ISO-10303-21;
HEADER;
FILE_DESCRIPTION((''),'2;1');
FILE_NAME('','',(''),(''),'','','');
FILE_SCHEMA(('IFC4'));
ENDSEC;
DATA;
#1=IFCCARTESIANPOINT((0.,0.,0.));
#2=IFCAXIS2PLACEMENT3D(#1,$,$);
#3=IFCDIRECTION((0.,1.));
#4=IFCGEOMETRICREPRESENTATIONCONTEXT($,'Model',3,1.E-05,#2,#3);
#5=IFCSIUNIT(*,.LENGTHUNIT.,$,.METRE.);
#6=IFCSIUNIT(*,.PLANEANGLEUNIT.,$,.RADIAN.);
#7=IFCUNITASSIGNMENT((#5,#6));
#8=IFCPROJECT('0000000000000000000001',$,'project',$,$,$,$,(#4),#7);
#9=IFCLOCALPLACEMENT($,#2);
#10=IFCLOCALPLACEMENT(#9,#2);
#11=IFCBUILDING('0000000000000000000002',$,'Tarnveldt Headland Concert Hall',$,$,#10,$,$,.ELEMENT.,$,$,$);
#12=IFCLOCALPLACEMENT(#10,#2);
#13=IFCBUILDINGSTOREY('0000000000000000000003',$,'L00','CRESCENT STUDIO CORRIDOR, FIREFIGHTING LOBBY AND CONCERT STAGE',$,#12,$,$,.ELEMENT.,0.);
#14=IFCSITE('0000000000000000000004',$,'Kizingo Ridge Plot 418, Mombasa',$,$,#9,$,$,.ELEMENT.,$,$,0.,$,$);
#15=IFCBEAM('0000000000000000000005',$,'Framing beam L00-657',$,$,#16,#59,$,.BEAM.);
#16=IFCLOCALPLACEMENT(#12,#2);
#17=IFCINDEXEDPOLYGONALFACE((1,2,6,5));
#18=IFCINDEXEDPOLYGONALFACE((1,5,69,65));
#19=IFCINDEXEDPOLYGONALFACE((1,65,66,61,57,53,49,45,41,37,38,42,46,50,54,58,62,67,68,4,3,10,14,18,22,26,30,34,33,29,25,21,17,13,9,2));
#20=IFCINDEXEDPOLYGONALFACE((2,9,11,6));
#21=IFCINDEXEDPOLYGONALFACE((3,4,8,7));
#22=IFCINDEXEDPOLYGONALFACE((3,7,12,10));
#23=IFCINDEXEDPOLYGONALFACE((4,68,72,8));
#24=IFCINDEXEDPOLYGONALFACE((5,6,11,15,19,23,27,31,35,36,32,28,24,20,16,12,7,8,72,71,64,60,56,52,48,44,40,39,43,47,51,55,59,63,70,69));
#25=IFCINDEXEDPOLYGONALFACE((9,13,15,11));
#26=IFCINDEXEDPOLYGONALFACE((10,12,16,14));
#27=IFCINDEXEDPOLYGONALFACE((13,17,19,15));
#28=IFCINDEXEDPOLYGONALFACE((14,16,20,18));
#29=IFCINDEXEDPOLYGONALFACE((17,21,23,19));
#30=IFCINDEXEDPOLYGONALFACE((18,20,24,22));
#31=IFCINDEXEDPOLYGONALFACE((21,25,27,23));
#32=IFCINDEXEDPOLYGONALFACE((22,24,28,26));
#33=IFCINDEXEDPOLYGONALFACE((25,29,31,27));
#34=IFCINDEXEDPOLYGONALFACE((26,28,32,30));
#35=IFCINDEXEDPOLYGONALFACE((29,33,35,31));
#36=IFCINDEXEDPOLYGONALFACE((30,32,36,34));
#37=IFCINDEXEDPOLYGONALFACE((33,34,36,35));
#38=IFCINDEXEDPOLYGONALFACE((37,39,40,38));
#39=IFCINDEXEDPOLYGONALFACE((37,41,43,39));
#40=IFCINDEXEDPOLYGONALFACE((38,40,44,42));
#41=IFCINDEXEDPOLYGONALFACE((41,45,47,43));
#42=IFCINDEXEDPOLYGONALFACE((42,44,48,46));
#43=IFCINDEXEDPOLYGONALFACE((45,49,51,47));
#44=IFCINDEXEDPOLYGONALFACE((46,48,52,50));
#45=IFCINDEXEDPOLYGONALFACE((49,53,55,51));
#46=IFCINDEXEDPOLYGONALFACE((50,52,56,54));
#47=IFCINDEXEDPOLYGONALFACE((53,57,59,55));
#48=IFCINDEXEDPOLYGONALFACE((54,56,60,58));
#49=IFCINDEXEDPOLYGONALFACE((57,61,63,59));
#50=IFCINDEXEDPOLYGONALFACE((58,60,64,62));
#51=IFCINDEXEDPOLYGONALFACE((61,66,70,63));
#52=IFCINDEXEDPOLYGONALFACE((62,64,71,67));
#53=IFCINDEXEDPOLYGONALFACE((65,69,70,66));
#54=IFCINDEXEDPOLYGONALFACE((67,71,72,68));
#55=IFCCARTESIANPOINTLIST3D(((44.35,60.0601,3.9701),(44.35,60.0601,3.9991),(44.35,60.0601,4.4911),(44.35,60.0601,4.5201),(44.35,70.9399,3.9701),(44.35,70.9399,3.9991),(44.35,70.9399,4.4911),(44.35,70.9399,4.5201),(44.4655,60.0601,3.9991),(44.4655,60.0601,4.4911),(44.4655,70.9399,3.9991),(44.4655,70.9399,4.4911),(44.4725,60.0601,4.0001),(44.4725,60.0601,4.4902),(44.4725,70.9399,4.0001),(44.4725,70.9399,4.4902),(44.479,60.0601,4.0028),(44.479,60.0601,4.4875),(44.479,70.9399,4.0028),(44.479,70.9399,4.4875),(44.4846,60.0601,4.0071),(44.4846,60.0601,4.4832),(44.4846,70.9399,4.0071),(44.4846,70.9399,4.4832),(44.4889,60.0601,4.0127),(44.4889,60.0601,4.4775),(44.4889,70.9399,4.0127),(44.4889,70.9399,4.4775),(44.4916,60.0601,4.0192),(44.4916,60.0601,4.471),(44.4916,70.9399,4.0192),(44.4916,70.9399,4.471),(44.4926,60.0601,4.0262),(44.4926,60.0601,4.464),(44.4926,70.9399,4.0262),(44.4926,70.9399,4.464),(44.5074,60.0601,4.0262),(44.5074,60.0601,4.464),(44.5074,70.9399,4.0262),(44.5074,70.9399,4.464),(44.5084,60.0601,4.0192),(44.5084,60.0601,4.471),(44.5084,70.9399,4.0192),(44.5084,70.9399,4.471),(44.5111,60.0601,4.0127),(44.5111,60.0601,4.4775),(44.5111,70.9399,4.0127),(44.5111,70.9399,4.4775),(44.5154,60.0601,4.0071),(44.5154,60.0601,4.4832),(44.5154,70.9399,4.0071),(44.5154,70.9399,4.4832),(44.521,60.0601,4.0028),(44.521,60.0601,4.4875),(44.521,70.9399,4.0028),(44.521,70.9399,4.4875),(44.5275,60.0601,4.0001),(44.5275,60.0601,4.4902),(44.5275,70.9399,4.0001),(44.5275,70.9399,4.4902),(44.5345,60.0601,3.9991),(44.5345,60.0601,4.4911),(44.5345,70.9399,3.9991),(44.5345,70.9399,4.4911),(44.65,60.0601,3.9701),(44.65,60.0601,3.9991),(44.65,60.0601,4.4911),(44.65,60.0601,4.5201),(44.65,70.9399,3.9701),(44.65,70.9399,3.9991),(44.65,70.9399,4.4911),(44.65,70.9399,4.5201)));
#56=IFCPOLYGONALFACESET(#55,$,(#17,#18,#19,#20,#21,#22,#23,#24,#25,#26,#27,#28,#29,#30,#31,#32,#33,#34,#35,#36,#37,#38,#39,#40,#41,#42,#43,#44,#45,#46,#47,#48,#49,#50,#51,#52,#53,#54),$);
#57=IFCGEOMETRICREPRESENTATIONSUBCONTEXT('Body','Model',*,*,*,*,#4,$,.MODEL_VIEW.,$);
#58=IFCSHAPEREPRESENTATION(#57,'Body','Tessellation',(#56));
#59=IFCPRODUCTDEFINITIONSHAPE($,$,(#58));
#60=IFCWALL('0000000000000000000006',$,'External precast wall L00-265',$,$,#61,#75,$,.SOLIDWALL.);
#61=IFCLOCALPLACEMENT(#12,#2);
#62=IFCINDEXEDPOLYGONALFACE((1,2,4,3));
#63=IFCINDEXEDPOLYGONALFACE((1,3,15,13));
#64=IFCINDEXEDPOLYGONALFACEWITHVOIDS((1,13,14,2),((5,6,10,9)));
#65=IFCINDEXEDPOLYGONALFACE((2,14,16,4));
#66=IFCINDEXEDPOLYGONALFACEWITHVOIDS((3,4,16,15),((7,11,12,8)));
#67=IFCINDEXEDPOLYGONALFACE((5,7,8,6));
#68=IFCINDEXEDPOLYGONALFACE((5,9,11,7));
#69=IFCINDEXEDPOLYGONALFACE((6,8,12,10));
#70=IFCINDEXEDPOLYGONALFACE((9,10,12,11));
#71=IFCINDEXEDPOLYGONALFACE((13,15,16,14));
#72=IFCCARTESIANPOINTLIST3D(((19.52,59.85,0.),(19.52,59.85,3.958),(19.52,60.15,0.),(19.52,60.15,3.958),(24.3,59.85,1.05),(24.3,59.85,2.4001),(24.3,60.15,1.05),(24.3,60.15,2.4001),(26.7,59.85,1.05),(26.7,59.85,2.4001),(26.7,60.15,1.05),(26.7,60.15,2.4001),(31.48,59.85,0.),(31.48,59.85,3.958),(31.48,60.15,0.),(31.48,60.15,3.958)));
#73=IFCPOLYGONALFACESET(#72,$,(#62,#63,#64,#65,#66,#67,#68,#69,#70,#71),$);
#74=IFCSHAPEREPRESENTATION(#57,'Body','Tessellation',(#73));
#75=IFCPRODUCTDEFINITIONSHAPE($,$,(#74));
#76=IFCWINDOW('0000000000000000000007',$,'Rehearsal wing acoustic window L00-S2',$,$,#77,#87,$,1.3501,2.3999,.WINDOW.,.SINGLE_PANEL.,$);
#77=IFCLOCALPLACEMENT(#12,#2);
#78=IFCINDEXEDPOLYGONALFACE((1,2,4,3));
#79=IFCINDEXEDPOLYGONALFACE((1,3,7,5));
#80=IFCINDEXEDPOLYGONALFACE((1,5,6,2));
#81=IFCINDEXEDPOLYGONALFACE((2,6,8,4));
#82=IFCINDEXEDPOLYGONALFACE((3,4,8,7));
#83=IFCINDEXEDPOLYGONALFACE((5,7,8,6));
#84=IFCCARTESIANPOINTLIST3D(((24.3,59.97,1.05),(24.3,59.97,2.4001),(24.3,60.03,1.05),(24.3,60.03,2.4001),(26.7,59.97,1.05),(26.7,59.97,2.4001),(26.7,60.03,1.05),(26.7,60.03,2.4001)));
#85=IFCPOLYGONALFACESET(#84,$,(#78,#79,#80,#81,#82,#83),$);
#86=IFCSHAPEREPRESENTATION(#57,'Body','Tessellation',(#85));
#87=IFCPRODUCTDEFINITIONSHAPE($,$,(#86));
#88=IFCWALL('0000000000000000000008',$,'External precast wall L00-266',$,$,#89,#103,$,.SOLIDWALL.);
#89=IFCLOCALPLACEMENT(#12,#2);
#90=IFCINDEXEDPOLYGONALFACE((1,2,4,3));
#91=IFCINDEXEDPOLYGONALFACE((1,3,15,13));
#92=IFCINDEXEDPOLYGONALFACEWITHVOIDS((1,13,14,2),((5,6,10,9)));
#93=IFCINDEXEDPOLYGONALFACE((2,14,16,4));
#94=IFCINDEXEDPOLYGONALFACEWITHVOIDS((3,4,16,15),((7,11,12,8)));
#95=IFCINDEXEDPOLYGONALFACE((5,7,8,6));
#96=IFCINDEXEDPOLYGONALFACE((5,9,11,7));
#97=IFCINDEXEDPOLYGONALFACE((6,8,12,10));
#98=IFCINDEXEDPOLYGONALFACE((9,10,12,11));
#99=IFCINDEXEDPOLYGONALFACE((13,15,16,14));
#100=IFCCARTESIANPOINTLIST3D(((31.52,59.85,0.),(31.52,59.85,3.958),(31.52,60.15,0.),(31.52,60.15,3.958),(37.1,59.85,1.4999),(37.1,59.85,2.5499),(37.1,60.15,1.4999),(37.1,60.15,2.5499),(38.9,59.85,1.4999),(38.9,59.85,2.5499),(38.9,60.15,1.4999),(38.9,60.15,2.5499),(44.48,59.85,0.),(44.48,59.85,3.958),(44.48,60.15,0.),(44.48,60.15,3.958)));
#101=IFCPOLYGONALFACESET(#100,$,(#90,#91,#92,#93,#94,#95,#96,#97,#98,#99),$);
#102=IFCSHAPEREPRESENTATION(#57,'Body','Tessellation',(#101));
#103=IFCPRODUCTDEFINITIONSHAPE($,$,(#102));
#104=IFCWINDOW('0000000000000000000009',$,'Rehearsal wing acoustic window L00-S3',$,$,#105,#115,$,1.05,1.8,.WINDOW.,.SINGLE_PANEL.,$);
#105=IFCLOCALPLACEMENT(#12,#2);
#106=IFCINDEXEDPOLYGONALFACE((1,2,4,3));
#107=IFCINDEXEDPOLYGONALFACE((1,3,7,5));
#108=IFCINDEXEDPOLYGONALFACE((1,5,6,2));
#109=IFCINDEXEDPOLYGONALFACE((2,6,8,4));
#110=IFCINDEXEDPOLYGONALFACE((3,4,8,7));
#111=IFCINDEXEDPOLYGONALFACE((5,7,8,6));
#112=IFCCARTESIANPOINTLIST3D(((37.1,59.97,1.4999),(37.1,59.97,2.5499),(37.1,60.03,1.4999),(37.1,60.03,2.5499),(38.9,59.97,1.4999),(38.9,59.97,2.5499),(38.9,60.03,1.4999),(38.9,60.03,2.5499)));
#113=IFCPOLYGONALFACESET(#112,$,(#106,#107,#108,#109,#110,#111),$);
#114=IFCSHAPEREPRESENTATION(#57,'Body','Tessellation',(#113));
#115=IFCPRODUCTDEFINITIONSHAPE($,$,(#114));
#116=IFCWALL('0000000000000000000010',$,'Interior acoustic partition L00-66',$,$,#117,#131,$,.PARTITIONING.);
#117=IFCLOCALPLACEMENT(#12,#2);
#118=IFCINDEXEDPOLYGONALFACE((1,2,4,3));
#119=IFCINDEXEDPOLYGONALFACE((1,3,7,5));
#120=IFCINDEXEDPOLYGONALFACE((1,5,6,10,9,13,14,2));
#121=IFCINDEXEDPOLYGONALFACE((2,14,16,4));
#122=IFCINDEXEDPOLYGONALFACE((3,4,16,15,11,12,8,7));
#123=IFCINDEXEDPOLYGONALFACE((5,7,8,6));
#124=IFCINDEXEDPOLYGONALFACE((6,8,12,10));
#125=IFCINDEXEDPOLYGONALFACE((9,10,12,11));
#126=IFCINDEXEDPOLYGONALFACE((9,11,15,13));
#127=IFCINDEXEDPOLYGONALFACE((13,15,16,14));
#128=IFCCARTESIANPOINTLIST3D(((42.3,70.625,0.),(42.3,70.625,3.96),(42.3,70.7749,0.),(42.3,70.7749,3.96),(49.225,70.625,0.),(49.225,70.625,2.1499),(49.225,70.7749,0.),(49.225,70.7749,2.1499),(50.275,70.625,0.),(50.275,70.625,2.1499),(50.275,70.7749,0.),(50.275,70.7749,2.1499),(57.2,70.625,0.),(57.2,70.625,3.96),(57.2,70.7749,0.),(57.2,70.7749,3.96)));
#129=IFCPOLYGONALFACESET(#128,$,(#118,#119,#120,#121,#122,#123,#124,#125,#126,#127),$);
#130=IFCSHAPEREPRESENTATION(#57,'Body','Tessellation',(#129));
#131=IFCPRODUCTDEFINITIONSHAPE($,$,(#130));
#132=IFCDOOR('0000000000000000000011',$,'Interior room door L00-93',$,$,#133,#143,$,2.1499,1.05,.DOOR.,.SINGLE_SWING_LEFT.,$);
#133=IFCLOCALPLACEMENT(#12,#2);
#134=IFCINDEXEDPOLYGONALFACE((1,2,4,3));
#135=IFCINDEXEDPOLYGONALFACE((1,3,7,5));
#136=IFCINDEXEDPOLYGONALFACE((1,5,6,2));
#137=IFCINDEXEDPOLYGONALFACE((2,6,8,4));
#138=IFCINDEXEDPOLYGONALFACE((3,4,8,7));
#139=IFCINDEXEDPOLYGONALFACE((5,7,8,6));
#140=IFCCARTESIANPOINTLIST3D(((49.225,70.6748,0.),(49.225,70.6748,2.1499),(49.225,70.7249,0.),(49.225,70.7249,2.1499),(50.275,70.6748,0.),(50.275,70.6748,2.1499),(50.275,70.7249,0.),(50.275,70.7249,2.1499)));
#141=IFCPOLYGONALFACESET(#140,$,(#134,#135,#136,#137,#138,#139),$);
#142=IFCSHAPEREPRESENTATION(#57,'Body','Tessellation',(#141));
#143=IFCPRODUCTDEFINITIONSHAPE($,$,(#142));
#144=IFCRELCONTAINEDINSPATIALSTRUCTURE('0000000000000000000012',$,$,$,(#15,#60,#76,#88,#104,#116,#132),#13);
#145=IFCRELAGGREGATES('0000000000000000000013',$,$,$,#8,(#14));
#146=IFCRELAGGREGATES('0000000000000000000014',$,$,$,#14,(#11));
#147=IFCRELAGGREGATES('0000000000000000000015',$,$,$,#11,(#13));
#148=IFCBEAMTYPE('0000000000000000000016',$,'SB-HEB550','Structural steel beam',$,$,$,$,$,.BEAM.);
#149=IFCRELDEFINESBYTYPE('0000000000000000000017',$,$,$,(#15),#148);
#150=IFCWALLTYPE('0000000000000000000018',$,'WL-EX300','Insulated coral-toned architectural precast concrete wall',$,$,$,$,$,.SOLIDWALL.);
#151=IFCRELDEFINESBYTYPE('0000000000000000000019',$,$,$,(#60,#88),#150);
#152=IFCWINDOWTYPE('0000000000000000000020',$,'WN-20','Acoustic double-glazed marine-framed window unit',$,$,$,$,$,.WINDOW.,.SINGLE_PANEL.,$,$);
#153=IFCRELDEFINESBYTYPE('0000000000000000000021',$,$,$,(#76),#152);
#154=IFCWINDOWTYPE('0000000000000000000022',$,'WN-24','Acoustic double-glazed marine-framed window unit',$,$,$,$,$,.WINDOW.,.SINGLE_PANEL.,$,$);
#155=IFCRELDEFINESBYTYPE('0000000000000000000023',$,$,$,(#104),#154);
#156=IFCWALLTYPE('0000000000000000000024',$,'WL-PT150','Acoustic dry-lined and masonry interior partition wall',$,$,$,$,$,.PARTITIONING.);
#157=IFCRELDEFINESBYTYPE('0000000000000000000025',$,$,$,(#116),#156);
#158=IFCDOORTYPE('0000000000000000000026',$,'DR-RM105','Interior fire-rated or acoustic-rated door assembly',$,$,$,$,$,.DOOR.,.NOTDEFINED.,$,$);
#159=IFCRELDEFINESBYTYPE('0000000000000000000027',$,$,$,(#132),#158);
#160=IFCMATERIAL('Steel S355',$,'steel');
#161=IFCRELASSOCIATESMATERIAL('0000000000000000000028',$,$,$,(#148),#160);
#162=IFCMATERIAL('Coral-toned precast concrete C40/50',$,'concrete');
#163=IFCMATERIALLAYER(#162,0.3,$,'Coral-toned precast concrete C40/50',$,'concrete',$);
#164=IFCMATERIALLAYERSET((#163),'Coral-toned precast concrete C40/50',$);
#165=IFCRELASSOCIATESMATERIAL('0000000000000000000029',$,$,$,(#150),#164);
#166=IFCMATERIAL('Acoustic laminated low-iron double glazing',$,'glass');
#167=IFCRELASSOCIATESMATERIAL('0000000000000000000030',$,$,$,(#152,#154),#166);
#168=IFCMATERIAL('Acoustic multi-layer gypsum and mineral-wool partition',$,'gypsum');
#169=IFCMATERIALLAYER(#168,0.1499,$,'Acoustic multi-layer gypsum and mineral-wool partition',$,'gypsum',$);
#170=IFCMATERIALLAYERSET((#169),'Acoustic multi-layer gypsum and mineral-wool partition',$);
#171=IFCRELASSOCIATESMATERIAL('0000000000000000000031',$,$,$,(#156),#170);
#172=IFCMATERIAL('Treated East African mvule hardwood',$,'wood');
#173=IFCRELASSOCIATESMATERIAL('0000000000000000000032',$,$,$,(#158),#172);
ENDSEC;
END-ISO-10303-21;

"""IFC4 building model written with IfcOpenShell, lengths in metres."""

from ifc_helpers import new_model, si_unit, direction, frame, frame_2d, origin, origin_2d, place, context, subcontext, project, spatial, rectangle, i_section, extrude, material, layer, layer_set, material_profile, profile_set, type_object, element, fill, save


model = new_model("IFC4")

# Units and contexts
model_context = context("Model", 3, precision=1e-05, world=origin(), true_north=direction((0.0, 1.0)))
body_context = subcontext(model_context, "Body", "Model", "MODEL_VIEW")
ifc_project = project(units=[si_unit("LENGTHUNIT", "METRE"), si_unit("PLANEANGLEUNIT", "RADIAN")], contexts=[model_context])

# Site, building, storey
site_placement = place(None, origin())
site = spatial("IfcSite", under=ifc_project, at=site_placement, Name="Kizingo Ridge Plot 418, Mombasa", CompositionType="ELEMENT", RefElevation=0.0)
building_placement = place(site_placement, origin())
building = spatial("IfcBuilding", under=site, at=building_placement, Name="Tarnveldt Headland Concert Hall", CompositionType="ELEMENT")
storey_placement = place(building_placement, origin())
storey = spatial("IfcBuildingStorey", under=building, at=storey_placement, Name="L00", Description="CRESCENT STUDIO CORRIDOR, FIREFIGHTING LOBBY AND CONCERT STAGE", CompositionType="ELEMENT", Elevation=0.0)

# Beam
ifc_material_1 = material(Name="Steel S355", Category="steel")
ifc_material_profile_1 = material_profile(ifc_material_1, i_section(OverallWidth=0.3, OverallDepth=0.55, WebThickness=0.0149, FlangeThickness=0.0291, FilletRadius=0.0271, at=origin_2d()), Name="HEB550", Category="steel")
ifc_profile_set_1 = profile_set([ifc_material_profile_1], Name="Steel S355")
beam_type = type_object("IfcBeamType", Name="SB-HEB550", Description="Structural steel beam", PredefinedType="BEAM", material=ifc_profile_set_1)
beam_1_placement = place(storey_placement, frame((44.5, 60.0601, 4.2451), z_axis=(0.0, 1.0, 0.0), x_axis=(-1.0, 0.0, 0.0)))
element("IfcBeam", 1, at=beam_1_placement, inside=storey, type_object=beam_type, Name="Framing beam L00-657", PredefinedType="BEAM", context=body_context, shape_type="SweptSolid", body=[
    extrude(i_section(OverallWidth=0.3, OverallDepth=0.55, WebThickness=0.0149, FlangeThickness=0.0291, FilletRadius=0.0271, at=origin_2d()), origin(), (0.0, 0.0, 1.0), 10.8799),
])

# Walls, openings, windows
ifc_material_2 = material(Name="Coral-toned precast concrete C40/50", Category="concrete")
ifc_layer_1 = layer(ifc_material_2, 0.3, Name="Coral-toned precast concrete C40/50", Category="concrete")
ifc_layer_set_1 = layer_set([ifc_layer_1], Name="Coral-toned precast concrete C40/50")
wall_type_1 = type_object("IfcWallType", Name="WL-EX300", Description="Insulated coral-toned architectural precast concrete wall", PredefinedType="SOLIDWALL", material=ifc_layer_set_1)
wall_1_placement = place(storey_placement, frame((31.48, 60.0, 0.0), z_axis=(0.0, 0.0, 1.0), x_axis=(-1.0, 0.0, 0.0)))
wall_1 = element("IfcWall", 2, at=wall_1_placement, inside=storey, type_object=wall_type_1, Name="External precast wall L00-265", PredefinedType="SOLIDWALL", context=body_context, shape_type="SweptSolid", body=[
    extrude(rectangle(XDim=11.96, YDim=0.3, at=frame_2d((5.98, 0.0))), origin(), (0.0, 0.0, 1.0), 3.958),
])
opening_1_placement = place(wall_1_placement, frame((4.78, 0.0, 1.05)))
opening_1 = element("IfcOpeningElement", 3, at=opening_1_placement, cuts=wall_1, PredefinedType="OPENING", context=body_context, shape_type="SweptSolid", body=[
    extrude(rectangle(XDim=2.3999, YDim=1.3501, at=frame_2d((1.2, 0.675))), frame((0.0, 0.1599, 0.0), z_axis=(0.0, -1.0, 0.0), x_axis=(1.0, 0.0, 0.0)), (0.0, 0.0, 1.0), 0.3201),
])
ifc_material_3 = material(Name="Acoustic laminated low-iron double glazing", Category="glass")
window_type_1 = type_object("IfcWindowType", Name="WN-20", Description="Acoustic double-glazed marine-framed window unit", PartitioningType="SINGLE_PANEL", PredefinedType="WINDOW", material=ifc_material_3)
window_1_placement = place(opening_1_placement, origin())
window_1 = element("IfcWindow", 4, at=window_1_placement, inside=storey, type_object=window_type_1, Name="Rehearsal wing acoustic window L00-S2", OverallHeight=1.3501, OverallWidth=2.3999, PartitioningType="SINGLE_PANEL", PredefinedType="WINDOW", context=body_context, shape_type="SweptSolid", body=[
    extrude(rectangle(XDim=2.3999, YDim=1.3501, at=frame_2d((1.2, 0.675))), frame((0.0, 0.03, 0.0), z_axis=(0.0, -1.0, 0.0), x_axis=(1.0, 0.0, 0.0)), (0.0, 0.0, 1.0), 0.0601),
])
fill(opening_1, window_1)
wall_2_placement = place(storey_placement, frame((44.48, 60.0, 0.0), z_axis=(0.0, 0.0, 1.0), x_axis=(-1.0, 0.0, 0.0)))
wall_2 = element("IfcWall", 5, at=wall_2_placement, inside=storey, type_object=wall_type_1, Name="External precast wall L00-266", PredefinedType="SOLIDWALL", context=body_context, shape_type="SweptSolid", body=[
    extrude(rectangle(XDim=12.96, YDim=0.3, at=frame_2d((6.48, 0.0))), origin(), (0.0, 0.0, 1.0), 3.958),
])
opening_2_placement = place(wall_2_placement, frame((5.5801, 0.0, 1.5)))
opening_2 = element("IfcOpeningElement", 6, at=opening_2_placement, cuts=wall_2, PredefinedType="OPENING", context=body_context, shape_type="SweptSolid", body=[
    extrude(rectangle(XDim=1.8, YDim=1.05, at=frame_2d((0.8999, 0.5249))), frame((0.0, 0.1599, 0.0), z_axis=(0.0, -1.0, 0.0), x_axis=(1.0, 0.0, 0.0)), (0.0, 0.0, 1.0), 0.3201),
])
window_type_2 = type_object("IfcWindowType", Name="WN-24", Description="Acoustic double-glazed marine-framed window unit", PartitioningType="SINGLE_PANEL", PredefinedType="WINDOW", material=ifc_material_3)
window_2_placement = place(opening_2_placement, origin())
window_2 = element("IfcWindow", 7, at=window_2_placement, inside=storey, type_object=window_type_2, Name="Rehearsal wing acoustic window L00-S3", OverallHeight=1.05, OverallWidth=1.8, PartitioningType="SINGLE_PANEL", PredefinedType="WINDOW", context=body_context, shape_type="SweptSolid", body=[
    extrude(rectangle(XDim=1.8, YDim=1.05, at=frame_2d((0.8999, 0.5249))), frame((0.0, 0.03, 0.0), z_axis=(0.0, -1.0, 0.0), x_axis=(1.0, 0.0, 0.0)), (0.0, 0.0, 1.0), 0.0601),
])
fill(opening_2, window_2)

# Wall, opening, door
ifc_material_4 = material(Name="Acoustic multi-layer gypsum and mineral-wool partition", Category="gypsum")
ifc_layer_2 = layer(ifc_material_4, 0.1499, Name="Acoustic multi-layer gypsum and mineral-wool partition", Category="gypsum")
ifc_layer_set_2 = layer_set([ifc_layer_2], Name="Acoustic multi-layer gypsum and mineral-wool partition")
wall_type_2 = type_object("IfcWallType", Name="WL-PT150", Description="Acoustic dry-lined and masonry interior partition wall", PredefinedType="PARTITIONING", material=ifc_layer_set_2)
wall_3_placement = place(storey_placement, frame((42.3, 70.7, 0.0), z_axis=(0.0, 0.0, 1.0), x_axis=(1.0, 0.0, 0.0)))
wall_3 = element("IfcWall", 8, at=wall_3_placement, inside=storey, type_object=wall_type_2, Name="Interior acoustic partition L00-66", PredefinedType="PARTITIONING", context=body_context, shape_type="SweptSolid", body=[
    extrude(rectangle(XDim=14.8999, YDim=0.1499, at=frame_2d((7.45, 0.0))), origin(), (0.0, 0.0, 1.0), 3.96),
])
opening_3_placement = place(wall_3_placement, frame((6.925, 0.0, 0.0)))
opening_3 = element("IfcOpeningElement", 9, at=opening_3_placement, cuts=wall_3, PredefinedType="OPENING", context=body_context, shape_type="SweptSolid", body=[
    extrude(rectangle(XDim=1.05, YDim=2.1499, at=frame_2d((0.5249, 1.075))), frame((0.0, 0.085, 0.0), z_axis=(0.0, -1.0, 0.0), x_axis=(1.0, 0.0, 0.0)), (0.0, 0.0, 1.0), 0.1699),
])
ifc_material_5 = material(Name="Treated East African mvule hardwood", Category="wood")
door_type_1 = type_object("IfcDoorType", Name="DR-RM105", Description="Interior fire-rated or acoustic-rated door assembly", OperationType="NOTDEFINED", PredefinedType="DOOR", material=ifc_material_5)
door_1_placement = place(opening_3_placement, origin())
door_1 = element("IfcDoor", 10, at=door_1_placement, inside=storey, type_object=door_type_1, Name="Interior room door L00-93", OperationType="SINGLE_SWING_LEFT", OverallHeight=2.1499, OverallWidth=1.05, PredefinedType="DOOR", context=body_context, shape_type="SweptSolid", body=[
    extrude(rectangle(XDim=1.05, YDim=2.1499, at=frame_2d((0.5249, 1.075))), frame((0.0, 0.0249, 0.0), z_axis=(0.0, -1.0, 0.0), x_axis=(1.0, 0.0, 0.0)), (0.0, 0.0, 1.0), 0.05),
])
fill(opening_3, door_1)

save(model, "model.ifc")
